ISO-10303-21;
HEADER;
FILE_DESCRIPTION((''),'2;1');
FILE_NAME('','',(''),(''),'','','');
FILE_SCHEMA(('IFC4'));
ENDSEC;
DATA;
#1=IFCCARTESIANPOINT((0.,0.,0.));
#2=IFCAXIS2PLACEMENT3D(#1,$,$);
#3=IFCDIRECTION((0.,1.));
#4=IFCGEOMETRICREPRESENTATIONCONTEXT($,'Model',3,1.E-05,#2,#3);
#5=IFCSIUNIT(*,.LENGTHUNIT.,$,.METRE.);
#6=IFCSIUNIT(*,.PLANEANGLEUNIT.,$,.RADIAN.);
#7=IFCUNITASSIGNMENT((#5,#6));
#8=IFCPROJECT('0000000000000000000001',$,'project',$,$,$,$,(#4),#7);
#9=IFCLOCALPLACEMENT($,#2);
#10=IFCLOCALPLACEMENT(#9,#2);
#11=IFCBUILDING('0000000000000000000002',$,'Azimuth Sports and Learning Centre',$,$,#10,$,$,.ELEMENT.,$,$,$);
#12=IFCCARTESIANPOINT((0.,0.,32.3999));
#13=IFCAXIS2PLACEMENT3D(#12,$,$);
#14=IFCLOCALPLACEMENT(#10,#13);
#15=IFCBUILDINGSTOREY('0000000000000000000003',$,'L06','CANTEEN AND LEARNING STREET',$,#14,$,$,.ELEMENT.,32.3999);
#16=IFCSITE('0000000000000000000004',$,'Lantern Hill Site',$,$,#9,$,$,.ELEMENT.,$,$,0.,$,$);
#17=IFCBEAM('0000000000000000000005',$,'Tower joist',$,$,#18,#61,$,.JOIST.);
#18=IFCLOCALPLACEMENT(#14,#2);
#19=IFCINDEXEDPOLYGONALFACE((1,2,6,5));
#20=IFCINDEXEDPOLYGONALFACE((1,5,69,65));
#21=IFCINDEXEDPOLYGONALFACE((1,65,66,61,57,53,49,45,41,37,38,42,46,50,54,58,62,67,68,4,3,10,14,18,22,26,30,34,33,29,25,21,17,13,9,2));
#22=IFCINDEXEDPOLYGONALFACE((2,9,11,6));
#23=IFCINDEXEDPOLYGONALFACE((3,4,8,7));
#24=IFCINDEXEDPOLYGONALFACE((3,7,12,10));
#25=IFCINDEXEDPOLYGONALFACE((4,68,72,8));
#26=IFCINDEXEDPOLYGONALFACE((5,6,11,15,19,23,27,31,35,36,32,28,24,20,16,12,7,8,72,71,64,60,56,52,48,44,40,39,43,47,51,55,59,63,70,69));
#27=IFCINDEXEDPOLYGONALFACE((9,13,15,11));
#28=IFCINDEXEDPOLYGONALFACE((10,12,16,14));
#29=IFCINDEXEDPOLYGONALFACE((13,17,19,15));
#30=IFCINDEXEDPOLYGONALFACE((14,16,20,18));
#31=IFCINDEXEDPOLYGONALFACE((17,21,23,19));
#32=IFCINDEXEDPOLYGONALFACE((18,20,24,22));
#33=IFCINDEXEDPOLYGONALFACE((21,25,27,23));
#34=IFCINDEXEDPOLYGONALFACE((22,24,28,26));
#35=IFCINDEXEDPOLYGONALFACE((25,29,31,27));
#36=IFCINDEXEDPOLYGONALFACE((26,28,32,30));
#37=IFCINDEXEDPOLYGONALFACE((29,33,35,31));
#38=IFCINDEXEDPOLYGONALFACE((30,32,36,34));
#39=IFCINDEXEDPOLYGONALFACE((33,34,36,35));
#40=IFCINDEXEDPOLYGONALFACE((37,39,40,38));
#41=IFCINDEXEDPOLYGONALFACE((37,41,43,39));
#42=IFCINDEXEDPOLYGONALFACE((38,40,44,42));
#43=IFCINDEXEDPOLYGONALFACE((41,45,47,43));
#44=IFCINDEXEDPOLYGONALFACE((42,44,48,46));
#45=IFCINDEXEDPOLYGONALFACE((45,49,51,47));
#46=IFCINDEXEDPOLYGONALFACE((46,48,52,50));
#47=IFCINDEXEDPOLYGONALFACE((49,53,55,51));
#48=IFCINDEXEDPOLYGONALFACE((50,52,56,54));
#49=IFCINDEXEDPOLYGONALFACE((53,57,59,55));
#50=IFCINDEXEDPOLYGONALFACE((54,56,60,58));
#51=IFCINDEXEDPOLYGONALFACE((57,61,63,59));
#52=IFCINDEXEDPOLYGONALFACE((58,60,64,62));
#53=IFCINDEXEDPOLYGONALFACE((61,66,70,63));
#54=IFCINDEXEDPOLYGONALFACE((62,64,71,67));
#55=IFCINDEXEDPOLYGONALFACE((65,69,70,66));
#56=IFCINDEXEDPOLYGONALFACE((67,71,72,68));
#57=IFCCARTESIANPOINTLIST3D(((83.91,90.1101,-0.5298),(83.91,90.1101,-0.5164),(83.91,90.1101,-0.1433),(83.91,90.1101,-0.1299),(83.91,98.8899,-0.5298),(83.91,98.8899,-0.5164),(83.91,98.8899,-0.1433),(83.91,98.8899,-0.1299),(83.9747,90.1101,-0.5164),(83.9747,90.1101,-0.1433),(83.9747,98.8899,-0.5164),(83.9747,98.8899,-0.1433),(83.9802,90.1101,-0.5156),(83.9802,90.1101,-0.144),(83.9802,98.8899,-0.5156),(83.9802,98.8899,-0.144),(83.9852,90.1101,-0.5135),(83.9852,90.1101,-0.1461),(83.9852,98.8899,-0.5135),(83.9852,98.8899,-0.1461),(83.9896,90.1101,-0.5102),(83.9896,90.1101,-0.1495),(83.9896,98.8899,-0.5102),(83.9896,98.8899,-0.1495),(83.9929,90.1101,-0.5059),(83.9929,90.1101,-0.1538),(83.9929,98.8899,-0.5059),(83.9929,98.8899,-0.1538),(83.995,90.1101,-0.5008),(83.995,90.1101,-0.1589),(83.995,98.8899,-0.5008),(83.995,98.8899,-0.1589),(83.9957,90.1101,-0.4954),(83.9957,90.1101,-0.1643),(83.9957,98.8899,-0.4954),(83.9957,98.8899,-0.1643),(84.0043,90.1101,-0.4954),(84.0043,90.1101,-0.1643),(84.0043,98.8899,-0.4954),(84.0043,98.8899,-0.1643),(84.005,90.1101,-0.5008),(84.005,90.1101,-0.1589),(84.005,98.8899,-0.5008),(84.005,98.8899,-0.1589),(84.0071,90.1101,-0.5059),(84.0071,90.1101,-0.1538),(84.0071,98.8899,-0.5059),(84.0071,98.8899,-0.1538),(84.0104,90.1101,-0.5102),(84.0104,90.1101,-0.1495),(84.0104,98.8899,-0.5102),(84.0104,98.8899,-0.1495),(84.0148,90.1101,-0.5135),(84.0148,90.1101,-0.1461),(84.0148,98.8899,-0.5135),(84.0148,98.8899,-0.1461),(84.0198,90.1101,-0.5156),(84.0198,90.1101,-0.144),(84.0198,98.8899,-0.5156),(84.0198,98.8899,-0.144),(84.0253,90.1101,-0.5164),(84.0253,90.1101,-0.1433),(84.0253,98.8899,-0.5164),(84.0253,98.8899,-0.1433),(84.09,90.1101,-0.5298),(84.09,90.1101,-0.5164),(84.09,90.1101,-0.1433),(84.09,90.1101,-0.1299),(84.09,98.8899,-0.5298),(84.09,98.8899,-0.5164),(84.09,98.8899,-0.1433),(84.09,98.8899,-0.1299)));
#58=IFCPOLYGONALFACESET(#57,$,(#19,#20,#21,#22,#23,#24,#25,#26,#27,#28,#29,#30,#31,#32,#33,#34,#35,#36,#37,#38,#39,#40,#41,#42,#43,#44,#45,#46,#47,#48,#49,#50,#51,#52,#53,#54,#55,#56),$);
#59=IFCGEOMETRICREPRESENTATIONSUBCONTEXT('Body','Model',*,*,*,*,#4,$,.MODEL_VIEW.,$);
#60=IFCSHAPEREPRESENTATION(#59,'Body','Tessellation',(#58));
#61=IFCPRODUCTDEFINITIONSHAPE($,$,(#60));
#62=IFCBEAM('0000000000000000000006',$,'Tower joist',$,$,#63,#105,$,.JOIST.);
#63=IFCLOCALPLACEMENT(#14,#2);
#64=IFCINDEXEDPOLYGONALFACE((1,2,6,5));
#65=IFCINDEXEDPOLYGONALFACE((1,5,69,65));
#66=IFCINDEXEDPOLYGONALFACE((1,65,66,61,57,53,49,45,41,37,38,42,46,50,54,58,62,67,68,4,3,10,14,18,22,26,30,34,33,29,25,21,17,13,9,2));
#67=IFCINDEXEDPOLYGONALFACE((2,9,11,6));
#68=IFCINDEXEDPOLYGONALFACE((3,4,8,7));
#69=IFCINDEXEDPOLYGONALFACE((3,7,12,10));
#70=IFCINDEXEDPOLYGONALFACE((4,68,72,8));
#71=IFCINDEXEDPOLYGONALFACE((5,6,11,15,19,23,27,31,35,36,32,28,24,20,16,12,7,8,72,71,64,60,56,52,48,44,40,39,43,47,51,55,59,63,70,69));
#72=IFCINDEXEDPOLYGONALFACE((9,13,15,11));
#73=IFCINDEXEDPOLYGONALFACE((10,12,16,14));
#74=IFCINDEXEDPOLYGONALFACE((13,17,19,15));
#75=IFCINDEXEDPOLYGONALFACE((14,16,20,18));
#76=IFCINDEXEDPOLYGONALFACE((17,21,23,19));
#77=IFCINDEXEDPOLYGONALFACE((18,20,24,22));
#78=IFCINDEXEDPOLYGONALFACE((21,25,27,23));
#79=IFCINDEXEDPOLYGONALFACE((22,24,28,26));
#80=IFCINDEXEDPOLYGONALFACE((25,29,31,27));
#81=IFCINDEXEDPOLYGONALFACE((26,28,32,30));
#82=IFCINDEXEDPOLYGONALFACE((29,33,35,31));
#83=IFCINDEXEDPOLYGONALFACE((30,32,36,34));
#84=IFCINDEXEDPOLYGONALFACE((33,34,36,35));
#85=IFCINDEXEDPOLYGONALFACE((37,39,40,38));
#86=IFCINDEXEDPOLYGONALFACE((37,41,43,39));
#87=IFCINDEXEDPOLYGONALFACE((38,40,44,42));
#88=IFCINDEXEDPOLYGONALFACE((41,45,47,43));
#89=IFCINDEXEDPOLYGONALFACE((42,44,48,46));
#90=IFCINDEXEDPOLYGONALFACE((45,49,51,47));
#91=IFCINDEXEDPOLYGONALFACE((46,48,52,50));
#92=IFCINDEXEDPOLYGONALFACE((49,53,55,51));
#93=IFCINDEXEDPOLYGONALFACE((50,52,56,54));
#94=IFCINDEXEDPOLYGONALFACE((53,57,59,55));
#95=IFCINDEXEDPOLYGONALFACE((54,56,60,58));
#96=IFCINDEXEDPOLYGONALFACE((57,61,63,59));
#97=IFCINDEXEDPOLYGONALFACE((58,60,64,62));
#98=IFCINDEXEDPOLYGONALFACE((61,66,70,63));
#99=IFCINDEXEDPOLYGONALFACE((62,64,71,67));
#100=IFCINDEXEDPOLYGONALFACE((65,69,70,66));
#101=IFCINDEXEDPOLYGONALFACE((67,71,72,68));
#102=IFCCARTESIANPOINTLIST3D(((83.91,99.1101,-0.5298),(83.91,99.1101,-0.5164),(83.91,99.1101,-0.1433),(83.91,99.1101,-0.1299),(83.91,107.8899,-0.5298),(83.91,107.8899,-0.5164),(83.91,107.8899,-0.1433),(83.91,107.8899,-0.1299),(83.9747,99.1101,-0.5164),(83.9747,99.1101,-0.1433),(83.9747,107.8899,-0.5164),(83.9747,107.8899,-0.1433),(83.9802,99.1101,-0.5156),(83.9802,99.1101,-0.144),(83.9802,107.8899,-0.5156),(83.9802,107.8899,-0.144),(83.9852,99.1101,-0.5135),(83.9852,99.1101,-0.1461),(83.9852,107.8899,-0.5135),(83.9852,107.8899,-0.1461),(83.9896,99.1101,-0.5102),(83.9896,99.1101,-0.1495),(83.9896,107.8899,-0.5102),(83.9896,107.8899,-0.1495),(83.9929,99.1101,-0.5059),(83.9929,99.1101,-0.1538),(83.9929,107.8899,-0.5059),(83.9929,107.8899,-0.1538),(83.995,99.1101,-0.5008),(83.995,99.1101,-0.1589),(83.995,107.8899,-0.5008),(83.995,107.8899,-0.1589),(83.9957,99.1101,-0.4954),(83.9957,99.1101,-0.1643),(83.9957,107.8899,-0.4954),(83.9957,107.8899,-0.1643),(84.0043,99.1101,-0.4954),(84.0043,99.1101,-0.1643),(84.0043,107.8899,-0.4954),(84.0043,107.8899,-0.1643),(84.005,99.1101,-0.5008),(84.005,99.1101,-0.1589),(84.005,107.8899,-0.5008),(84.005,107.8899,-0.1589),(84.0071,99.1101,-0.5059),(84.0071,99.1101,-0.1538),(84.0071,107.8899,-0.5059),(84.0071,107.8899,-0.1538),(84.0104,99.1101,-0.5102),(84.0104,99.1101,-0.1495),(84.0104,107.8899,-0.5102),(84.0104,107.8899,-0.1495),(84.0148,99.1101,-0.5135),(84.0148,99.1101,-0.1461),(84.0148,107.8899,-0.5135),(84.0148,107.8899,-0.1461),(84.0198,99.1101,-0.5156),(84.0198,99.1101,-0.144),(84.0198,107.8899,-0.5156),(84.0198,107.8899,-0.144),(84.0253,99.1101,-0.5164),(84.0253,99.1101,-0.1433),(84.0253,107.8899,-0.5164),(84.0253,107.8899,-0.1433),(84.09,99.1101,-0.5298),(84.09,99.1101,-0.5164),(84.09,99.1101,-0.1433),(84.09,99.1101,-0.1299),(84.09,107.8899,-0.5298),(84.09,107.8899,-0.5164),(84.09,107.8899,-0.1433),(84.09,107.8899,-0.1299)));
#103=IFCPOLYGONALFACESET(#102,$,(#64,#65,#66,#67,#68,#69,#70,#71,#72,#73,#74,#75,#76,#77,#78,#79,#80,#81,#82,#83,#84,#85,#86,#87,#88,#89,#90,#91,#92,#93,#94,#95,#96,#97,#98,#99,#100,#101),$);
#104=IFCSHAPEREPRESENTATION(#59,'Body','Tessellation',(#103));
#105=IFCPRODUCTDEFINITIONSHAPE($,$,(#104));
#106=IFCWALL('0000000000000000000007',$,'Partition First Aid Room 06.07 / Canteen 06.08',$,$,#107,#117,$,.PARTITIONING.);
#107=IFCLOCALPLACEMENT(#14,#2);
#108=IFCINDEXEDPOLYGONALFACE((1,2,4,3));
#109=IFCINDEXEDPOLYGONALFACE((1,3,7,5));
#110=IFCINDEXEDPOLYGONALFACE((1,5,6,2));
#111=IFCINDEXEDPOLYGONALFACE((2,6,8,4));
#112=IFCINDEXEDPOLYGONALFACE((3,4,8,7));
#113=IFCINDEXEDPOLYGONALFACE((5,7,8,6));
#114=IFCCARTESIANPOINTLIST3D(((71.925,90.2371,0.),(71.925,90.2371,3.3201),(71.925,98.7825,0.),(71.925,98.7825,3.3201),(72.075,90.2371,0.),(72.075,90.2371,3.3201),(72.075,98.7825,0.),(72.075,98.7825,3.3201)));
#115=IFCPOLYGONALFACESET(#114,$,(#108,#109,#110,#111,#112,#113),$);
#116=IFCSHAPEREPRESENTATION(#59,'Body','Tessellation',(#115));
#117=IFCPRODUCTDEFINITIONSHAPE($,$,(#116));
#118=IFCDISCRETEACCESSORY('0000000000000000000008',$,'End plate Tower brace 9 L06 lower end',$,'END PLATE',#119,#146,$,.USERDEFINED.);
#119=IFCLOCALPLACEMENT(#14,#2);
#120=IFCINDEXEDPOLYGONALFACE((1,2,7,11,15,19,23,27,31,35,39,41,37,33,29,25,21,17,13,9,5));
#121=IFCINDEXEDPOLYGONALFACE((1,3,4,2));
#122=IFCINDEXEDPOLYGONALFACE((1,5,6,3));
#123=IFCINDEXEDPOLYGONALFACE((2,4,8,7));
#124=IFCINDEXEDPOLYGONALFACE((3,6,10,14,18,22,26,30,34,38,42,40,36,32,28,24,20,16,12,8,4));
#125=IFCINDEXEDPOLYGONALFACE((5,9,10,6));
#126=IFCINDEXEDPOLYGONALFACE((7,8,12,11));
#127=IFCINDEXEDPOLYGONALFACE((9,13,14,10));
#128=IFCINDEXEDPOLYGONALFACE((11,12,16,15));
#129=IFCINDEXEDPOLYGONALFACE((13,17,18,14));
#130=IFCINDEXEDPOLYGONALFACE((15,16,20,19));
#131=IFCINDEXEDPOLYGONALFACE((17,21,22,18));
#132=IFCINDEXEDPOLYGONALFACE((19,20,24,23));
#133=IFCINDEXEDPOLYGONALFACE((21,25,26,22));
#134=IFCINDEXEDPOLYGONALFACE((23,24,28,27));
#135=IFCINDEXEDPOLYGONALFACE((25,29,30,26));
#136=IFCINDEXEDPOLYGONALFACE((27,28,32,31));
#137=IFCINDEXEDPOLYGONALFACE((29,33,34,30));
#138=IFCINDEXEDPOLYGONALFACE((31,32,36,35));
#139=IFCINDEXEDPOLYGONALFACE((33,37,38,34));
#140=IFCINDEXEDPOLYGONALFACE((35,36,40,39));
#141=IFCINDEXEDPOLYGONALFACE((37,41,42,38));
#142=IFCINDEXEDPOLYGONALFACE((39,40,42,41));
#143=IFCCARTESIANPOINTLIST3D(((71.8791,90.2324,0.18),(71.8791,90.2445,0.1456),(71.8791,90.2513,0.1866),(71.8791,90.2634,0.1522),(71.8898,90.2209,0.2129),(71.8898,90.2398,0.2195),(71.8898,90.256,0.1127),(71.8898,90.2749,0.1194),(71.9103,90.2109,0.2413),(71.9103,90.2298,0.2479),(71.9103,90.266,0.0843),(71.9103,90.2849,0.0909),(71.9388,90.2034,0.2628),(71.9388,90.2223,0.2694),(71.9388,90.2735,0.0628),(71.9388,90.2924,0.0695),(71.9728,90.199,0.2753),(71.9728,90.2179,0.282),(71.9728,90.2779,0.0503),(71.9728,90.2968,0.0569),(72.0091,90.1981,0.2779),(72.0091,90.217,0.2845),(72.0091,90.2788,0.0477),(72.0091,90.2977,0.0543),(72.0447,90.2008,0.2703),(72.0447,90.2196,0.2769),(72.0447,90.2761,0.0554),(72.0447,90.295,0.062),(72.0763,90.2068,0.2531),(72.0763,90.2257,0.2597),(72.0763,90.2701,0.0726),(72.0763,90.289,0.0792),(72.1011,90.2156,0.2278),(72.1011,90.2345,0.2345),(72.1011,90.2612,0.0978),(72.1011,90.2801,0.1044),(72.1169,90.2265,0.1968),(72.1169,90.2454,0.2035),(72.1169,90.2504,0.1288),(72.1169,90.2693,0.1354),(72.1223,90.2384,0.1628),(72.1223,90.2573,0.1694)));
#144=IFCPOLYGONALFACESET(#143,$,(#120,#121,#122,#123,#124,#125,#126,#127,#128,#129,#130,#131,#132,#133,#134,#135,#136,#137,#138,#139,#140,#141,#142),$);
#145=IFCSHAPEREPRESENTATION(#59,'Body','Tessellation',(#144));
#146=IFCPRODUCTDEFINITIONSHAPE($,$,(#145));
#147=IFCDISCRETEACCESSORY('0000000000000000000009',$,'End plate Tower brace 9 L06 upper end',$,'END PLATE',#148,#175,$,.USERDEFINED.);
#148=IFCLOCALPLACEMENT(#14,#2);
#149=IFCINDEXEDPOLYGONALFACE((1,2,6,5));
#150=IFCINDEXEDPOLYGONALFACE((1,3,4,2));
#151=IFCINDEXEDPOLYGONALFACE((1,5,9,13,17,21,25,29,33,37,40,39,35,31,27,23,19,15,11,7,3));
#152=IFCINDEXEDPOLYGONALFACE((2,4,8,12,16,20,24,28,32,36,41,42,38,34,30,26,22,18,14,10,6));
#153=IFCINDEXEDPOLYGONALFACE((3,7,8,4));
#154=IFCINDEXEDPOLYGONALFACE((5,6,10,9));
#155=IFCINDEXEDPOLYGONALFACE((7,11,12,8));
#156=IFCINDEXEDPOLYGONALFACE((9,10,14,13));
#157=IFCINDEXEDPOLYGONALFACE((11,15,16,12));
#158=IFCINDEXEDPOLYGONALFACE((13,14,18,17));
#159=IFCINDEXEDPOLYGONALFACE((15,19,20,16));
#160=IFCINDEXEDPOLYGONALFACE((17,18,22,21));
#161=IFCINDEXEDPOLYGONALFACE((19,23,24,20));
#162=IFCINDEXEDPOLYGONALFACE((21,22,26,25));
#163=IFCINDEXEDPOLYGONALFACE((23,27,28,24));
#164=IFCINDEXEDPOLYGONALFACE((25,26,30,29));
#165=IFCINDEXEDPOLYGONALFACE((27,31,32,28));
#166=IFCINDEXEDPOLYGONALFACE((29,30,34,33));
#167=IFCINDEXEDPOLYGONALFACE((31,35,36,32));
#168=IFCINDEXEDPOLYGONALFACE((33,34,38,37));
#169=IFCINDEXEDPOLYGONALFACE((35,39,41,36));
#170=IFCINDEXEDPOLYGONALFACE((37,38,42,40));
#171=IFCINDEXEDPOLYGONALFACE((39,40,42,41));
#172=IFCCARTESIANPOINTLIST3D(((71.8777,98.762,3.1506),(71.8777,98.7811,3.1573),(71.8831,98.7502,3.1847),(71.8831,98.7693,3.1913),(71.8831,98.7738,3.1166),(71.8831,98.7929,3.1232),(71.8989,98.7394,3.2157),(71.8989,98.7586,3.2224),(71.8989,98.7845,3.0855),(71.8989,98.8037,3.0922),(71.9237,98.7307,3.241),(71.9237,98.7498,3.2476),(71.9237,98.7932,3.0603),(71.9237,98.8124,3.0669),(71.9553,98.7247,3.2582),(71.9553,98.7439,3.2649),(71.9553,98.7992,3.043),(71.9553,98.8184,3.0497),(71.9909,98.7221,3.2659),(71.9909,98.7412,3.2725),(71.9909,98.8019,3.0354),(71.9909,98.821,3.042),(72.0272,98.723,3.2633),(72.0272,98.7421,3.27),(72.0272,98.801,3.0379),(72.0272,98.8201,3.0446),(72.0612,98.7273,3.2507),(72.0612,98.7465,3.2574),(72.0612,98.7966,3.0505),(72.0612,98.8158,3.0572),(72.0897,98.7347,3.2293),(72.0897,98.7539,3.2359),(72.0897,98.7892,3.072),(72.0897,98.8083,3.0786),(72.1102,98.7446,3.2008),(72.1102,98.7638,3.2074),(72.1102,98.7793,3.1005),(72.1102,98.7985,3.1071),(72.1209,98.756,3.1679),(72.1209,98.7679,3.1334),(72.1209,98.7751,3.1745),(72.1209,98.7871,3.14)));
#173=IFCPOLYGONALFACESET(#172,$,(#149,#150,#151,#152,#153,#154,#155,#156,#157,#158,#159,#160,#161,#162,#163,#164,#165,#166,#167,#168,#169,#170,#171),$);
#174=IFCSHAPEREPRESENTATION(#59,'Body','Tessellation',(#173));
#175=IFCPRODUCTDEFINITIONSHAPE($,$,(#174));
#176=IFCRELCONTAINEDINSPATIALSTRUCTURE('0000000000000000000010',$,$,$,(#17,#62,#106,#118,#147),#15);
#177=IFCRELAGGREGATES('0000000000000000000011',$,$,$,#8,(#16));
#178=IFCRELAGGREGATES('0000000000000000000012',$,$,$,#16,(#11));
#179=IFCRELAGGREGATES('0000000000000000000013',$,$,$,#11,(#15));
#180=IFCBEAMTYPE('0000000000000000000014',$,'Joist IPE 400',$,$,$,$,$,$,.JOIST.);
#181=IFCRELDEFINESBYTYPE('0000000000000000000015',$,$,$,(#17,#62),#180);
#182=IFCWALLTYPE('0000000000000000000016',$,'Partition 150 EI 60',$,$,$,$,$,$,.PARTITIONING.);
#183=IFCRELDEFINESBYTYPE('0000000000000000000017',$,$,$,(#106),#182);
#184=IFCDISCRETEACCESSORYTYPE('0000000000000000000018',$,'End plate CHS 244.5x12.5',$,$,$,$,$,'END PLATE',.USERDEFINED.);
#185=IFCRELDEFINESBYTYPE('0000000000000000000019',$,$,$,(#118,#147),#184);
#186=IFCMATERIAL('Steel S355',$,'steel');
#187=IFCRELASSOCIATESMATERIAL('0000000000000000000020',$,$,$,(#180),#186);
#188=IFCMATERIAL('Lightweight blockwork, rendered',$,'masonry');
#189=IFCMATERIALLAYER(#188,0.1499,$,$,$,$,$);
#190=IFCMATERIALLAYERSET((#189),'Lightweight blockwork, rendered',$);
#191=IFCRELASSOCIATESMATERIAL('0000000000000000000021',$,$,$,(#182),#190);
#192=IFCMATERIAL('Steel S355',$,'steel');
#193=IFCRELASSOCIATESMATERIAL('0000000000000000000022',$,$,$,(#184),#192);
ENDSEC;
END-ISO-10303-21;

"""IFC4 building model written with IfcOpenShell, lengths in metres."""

from ifc_helpers import new_model, si_unit, direction, frame, frame_2d, origin, origin_2d, place, context, subcontext, project, spatial, rectangle, circle, i_section, extrude, material, layer, layer_set, material_profile, profile_set, type_object, element, save


model = new_model("IFC4")

# Units and contexts
model_context = context("Model", 3, precision=1e-05, world=origin(), true_north=direction((0.0, 1.0)))
body_context = subcontext(model_context, "Body", "Model", "MODEL_VIEW")
ifc_project = project(units=[si_unit("LENGTHUNIT", "METRE"), si_unit("PLANEANGLEUNIT", "RADIAN")], contexts=[model_context])

# Site, building, storey
site_placement = place(None, origin())
site = spatial("IfcSite", under=ifc_project, at=site_placement, Name="Lantern Hill Site", CompositionType="ELEMENT", RefElevation=0.0)
building_placement = place(site_placement, origin())
building = spatial("IfcBuilding", under=site, at=building_placement, Name="Azimuth Sports and Learning Centre", CompositionType="ELEMENT")
storey_placement = place(building_placement, frame((0.0, 0.0, 32.3999)))
storey = spatial("IfcBuildingStorey", under=building, at=storey_placement, Name="L06", Description="CANTEEN AND LEARNING STREET", CompositionType="ELEMENT", Elevation=32.3999)

# Beams
ifc_material_1 = material(Name="Steel S355", Category="steel")
ifc_material_profile_1 = material_profile(ifc_material_1, i_section(OverallWidth=0.1799, OverallDepth=0.3999, WebThickness=0.0085, FlangeThickness=0.0134, FilletRadius=0.021, at=origin_2d()), Name="IPE 400")
ifc_profile_set_1 = profile_set([ifc_material_profile_1], Name="Steel S355")
beam_type_1 = type_object("IfcBeamType", Name="Joist IPE 400", PredefinedType="JOIST", material=ifc_profile_set_1)
for number, where, z_axis, x_axis, name in (
    (1, (84.0, 90.1101, -0.3298), (0.0, 1.0, 0.0), (-1.0, 0.0, 0.0), "Tower joist"),
    (2, (84.0, 99.1101, -0.3298), (0.0, 1.0, 0.0), (-1.0, 0.0, 0.0), "Tower joist"),
):
    element("IfcBeam", number, at=place(storey_placement, frame(where, z_axis=z_axis, x_axis=x_axis)), inside=storey, type_object=beam_type_1, Name=name, PredefinedType="JOIST", context=body_context, shape_type="SweptSolid", body=[
        extrude(i_section(OverallWidth=0.1799, OverallDepth=0.3999, WebThickness=0.0085, FlangeThickness=0.0134, FilletRadius=0.021, at=origin_2d()), origin(), (0.0, 0.0, 1.0), 8.7798),
    ])

# Wall
ifc_material_2 = material(Name="Lightweight blockwork, rendered", Category="masonry")
ifc_layer = layer(ifc_material_2, 0.1499)
ifc_layer_set = layer_set([ifc_layer], Name="Lightweight blockwork, rendered")
wall_type = type_object("IfcWallType", Name="Partition 150 EI 60", PredefinedType="PARTITIONING", material=ifc_layer_set)
wall_placement = place(storey_placement, frame((72.0, 90.2371, 0.0), z_axis=(0.0, 0.0, 1.0), x_axis=(0.0, 1.0, 0.0)))
element("IfcWall", 3, at=wall_placement, inside=storey, type_object=wall_type, Name="Partition First Aid Room 06.07 / Canteen 06.08", PredefinedType="PARTITIONING", context=body_context, shape_type="SweptSolid", body=[
    extrude(rectangle(XDim=8.5454, YDim=0.1499, at=frame_2d((4.2727, 0.0))), origin(), (0.0, 0.0, 1.0), 3.3201),
])

# Discrete accessories
ifc_material_3 = material(Name="Steel S355", Category="steel")
ifc_material_profile_2 = material_profile(ifc_material_3, circle(Radius=0.1223, at=origin_2d()), Name="PL 244 DISC")
ifc_profile_set_2 = profile_set([ifc_material_profile_2], Name="Steel S355")
discrete_accessory_type = type_object("IfcDiscreteAccessoryType", Name="End plate CHS 244.5x12.5", ElementType="END PLATE", PredefinedType="USERDEFINED", material=ifc_profile_set_2)
discrete_accessory_1_placement = place(storey_placement, frame((72.0, 90.2573, 0.1694), z_axis=(0.0, -0.943667, -0.330896), x_axis=(1.0, 0.0, 0.0)))
element("IfcDiscreteAccessory", 4, at=discrete_accessory_1_placement, inside=storey, type_object=discrete_accessory_type, Name="End plate Tower brace 9 L06 lower end", ObjectType="END PLATE", PredefinedType="USERDEFINED", context=body_context, shape_type="SweptSolid", body=[
    extrude(circle(Radius=0.1223, at=origin_2d()), origin(), (0.0, 0.0, 1.0), 0.02),
])
discrete_accessory_2_placement = place(storey_placement, frame((72.0, 98.762, 3.1506), z_axis=(0.0, 0.944986, 0.327111), x_axis=(-1.0, 0.0, 0.0)))
element("IfcDiscreteAccessory", 5, at=discrete_accessory_2_placement, inside=storey, type_object=discrete_accessory_type, Name="End plate Tower brace 9 L06 upper end", ObjectType="END PLATE", PredefinedType="USERDEFINED", context=body_context, shape_type="SweptSolid", body=[
    extrude(circle(Radius=0.1223, at=origin_2d()), origin(), (0.0, 0.0, 1.0), 0.0203),
])

save(model, "model.ifc")
